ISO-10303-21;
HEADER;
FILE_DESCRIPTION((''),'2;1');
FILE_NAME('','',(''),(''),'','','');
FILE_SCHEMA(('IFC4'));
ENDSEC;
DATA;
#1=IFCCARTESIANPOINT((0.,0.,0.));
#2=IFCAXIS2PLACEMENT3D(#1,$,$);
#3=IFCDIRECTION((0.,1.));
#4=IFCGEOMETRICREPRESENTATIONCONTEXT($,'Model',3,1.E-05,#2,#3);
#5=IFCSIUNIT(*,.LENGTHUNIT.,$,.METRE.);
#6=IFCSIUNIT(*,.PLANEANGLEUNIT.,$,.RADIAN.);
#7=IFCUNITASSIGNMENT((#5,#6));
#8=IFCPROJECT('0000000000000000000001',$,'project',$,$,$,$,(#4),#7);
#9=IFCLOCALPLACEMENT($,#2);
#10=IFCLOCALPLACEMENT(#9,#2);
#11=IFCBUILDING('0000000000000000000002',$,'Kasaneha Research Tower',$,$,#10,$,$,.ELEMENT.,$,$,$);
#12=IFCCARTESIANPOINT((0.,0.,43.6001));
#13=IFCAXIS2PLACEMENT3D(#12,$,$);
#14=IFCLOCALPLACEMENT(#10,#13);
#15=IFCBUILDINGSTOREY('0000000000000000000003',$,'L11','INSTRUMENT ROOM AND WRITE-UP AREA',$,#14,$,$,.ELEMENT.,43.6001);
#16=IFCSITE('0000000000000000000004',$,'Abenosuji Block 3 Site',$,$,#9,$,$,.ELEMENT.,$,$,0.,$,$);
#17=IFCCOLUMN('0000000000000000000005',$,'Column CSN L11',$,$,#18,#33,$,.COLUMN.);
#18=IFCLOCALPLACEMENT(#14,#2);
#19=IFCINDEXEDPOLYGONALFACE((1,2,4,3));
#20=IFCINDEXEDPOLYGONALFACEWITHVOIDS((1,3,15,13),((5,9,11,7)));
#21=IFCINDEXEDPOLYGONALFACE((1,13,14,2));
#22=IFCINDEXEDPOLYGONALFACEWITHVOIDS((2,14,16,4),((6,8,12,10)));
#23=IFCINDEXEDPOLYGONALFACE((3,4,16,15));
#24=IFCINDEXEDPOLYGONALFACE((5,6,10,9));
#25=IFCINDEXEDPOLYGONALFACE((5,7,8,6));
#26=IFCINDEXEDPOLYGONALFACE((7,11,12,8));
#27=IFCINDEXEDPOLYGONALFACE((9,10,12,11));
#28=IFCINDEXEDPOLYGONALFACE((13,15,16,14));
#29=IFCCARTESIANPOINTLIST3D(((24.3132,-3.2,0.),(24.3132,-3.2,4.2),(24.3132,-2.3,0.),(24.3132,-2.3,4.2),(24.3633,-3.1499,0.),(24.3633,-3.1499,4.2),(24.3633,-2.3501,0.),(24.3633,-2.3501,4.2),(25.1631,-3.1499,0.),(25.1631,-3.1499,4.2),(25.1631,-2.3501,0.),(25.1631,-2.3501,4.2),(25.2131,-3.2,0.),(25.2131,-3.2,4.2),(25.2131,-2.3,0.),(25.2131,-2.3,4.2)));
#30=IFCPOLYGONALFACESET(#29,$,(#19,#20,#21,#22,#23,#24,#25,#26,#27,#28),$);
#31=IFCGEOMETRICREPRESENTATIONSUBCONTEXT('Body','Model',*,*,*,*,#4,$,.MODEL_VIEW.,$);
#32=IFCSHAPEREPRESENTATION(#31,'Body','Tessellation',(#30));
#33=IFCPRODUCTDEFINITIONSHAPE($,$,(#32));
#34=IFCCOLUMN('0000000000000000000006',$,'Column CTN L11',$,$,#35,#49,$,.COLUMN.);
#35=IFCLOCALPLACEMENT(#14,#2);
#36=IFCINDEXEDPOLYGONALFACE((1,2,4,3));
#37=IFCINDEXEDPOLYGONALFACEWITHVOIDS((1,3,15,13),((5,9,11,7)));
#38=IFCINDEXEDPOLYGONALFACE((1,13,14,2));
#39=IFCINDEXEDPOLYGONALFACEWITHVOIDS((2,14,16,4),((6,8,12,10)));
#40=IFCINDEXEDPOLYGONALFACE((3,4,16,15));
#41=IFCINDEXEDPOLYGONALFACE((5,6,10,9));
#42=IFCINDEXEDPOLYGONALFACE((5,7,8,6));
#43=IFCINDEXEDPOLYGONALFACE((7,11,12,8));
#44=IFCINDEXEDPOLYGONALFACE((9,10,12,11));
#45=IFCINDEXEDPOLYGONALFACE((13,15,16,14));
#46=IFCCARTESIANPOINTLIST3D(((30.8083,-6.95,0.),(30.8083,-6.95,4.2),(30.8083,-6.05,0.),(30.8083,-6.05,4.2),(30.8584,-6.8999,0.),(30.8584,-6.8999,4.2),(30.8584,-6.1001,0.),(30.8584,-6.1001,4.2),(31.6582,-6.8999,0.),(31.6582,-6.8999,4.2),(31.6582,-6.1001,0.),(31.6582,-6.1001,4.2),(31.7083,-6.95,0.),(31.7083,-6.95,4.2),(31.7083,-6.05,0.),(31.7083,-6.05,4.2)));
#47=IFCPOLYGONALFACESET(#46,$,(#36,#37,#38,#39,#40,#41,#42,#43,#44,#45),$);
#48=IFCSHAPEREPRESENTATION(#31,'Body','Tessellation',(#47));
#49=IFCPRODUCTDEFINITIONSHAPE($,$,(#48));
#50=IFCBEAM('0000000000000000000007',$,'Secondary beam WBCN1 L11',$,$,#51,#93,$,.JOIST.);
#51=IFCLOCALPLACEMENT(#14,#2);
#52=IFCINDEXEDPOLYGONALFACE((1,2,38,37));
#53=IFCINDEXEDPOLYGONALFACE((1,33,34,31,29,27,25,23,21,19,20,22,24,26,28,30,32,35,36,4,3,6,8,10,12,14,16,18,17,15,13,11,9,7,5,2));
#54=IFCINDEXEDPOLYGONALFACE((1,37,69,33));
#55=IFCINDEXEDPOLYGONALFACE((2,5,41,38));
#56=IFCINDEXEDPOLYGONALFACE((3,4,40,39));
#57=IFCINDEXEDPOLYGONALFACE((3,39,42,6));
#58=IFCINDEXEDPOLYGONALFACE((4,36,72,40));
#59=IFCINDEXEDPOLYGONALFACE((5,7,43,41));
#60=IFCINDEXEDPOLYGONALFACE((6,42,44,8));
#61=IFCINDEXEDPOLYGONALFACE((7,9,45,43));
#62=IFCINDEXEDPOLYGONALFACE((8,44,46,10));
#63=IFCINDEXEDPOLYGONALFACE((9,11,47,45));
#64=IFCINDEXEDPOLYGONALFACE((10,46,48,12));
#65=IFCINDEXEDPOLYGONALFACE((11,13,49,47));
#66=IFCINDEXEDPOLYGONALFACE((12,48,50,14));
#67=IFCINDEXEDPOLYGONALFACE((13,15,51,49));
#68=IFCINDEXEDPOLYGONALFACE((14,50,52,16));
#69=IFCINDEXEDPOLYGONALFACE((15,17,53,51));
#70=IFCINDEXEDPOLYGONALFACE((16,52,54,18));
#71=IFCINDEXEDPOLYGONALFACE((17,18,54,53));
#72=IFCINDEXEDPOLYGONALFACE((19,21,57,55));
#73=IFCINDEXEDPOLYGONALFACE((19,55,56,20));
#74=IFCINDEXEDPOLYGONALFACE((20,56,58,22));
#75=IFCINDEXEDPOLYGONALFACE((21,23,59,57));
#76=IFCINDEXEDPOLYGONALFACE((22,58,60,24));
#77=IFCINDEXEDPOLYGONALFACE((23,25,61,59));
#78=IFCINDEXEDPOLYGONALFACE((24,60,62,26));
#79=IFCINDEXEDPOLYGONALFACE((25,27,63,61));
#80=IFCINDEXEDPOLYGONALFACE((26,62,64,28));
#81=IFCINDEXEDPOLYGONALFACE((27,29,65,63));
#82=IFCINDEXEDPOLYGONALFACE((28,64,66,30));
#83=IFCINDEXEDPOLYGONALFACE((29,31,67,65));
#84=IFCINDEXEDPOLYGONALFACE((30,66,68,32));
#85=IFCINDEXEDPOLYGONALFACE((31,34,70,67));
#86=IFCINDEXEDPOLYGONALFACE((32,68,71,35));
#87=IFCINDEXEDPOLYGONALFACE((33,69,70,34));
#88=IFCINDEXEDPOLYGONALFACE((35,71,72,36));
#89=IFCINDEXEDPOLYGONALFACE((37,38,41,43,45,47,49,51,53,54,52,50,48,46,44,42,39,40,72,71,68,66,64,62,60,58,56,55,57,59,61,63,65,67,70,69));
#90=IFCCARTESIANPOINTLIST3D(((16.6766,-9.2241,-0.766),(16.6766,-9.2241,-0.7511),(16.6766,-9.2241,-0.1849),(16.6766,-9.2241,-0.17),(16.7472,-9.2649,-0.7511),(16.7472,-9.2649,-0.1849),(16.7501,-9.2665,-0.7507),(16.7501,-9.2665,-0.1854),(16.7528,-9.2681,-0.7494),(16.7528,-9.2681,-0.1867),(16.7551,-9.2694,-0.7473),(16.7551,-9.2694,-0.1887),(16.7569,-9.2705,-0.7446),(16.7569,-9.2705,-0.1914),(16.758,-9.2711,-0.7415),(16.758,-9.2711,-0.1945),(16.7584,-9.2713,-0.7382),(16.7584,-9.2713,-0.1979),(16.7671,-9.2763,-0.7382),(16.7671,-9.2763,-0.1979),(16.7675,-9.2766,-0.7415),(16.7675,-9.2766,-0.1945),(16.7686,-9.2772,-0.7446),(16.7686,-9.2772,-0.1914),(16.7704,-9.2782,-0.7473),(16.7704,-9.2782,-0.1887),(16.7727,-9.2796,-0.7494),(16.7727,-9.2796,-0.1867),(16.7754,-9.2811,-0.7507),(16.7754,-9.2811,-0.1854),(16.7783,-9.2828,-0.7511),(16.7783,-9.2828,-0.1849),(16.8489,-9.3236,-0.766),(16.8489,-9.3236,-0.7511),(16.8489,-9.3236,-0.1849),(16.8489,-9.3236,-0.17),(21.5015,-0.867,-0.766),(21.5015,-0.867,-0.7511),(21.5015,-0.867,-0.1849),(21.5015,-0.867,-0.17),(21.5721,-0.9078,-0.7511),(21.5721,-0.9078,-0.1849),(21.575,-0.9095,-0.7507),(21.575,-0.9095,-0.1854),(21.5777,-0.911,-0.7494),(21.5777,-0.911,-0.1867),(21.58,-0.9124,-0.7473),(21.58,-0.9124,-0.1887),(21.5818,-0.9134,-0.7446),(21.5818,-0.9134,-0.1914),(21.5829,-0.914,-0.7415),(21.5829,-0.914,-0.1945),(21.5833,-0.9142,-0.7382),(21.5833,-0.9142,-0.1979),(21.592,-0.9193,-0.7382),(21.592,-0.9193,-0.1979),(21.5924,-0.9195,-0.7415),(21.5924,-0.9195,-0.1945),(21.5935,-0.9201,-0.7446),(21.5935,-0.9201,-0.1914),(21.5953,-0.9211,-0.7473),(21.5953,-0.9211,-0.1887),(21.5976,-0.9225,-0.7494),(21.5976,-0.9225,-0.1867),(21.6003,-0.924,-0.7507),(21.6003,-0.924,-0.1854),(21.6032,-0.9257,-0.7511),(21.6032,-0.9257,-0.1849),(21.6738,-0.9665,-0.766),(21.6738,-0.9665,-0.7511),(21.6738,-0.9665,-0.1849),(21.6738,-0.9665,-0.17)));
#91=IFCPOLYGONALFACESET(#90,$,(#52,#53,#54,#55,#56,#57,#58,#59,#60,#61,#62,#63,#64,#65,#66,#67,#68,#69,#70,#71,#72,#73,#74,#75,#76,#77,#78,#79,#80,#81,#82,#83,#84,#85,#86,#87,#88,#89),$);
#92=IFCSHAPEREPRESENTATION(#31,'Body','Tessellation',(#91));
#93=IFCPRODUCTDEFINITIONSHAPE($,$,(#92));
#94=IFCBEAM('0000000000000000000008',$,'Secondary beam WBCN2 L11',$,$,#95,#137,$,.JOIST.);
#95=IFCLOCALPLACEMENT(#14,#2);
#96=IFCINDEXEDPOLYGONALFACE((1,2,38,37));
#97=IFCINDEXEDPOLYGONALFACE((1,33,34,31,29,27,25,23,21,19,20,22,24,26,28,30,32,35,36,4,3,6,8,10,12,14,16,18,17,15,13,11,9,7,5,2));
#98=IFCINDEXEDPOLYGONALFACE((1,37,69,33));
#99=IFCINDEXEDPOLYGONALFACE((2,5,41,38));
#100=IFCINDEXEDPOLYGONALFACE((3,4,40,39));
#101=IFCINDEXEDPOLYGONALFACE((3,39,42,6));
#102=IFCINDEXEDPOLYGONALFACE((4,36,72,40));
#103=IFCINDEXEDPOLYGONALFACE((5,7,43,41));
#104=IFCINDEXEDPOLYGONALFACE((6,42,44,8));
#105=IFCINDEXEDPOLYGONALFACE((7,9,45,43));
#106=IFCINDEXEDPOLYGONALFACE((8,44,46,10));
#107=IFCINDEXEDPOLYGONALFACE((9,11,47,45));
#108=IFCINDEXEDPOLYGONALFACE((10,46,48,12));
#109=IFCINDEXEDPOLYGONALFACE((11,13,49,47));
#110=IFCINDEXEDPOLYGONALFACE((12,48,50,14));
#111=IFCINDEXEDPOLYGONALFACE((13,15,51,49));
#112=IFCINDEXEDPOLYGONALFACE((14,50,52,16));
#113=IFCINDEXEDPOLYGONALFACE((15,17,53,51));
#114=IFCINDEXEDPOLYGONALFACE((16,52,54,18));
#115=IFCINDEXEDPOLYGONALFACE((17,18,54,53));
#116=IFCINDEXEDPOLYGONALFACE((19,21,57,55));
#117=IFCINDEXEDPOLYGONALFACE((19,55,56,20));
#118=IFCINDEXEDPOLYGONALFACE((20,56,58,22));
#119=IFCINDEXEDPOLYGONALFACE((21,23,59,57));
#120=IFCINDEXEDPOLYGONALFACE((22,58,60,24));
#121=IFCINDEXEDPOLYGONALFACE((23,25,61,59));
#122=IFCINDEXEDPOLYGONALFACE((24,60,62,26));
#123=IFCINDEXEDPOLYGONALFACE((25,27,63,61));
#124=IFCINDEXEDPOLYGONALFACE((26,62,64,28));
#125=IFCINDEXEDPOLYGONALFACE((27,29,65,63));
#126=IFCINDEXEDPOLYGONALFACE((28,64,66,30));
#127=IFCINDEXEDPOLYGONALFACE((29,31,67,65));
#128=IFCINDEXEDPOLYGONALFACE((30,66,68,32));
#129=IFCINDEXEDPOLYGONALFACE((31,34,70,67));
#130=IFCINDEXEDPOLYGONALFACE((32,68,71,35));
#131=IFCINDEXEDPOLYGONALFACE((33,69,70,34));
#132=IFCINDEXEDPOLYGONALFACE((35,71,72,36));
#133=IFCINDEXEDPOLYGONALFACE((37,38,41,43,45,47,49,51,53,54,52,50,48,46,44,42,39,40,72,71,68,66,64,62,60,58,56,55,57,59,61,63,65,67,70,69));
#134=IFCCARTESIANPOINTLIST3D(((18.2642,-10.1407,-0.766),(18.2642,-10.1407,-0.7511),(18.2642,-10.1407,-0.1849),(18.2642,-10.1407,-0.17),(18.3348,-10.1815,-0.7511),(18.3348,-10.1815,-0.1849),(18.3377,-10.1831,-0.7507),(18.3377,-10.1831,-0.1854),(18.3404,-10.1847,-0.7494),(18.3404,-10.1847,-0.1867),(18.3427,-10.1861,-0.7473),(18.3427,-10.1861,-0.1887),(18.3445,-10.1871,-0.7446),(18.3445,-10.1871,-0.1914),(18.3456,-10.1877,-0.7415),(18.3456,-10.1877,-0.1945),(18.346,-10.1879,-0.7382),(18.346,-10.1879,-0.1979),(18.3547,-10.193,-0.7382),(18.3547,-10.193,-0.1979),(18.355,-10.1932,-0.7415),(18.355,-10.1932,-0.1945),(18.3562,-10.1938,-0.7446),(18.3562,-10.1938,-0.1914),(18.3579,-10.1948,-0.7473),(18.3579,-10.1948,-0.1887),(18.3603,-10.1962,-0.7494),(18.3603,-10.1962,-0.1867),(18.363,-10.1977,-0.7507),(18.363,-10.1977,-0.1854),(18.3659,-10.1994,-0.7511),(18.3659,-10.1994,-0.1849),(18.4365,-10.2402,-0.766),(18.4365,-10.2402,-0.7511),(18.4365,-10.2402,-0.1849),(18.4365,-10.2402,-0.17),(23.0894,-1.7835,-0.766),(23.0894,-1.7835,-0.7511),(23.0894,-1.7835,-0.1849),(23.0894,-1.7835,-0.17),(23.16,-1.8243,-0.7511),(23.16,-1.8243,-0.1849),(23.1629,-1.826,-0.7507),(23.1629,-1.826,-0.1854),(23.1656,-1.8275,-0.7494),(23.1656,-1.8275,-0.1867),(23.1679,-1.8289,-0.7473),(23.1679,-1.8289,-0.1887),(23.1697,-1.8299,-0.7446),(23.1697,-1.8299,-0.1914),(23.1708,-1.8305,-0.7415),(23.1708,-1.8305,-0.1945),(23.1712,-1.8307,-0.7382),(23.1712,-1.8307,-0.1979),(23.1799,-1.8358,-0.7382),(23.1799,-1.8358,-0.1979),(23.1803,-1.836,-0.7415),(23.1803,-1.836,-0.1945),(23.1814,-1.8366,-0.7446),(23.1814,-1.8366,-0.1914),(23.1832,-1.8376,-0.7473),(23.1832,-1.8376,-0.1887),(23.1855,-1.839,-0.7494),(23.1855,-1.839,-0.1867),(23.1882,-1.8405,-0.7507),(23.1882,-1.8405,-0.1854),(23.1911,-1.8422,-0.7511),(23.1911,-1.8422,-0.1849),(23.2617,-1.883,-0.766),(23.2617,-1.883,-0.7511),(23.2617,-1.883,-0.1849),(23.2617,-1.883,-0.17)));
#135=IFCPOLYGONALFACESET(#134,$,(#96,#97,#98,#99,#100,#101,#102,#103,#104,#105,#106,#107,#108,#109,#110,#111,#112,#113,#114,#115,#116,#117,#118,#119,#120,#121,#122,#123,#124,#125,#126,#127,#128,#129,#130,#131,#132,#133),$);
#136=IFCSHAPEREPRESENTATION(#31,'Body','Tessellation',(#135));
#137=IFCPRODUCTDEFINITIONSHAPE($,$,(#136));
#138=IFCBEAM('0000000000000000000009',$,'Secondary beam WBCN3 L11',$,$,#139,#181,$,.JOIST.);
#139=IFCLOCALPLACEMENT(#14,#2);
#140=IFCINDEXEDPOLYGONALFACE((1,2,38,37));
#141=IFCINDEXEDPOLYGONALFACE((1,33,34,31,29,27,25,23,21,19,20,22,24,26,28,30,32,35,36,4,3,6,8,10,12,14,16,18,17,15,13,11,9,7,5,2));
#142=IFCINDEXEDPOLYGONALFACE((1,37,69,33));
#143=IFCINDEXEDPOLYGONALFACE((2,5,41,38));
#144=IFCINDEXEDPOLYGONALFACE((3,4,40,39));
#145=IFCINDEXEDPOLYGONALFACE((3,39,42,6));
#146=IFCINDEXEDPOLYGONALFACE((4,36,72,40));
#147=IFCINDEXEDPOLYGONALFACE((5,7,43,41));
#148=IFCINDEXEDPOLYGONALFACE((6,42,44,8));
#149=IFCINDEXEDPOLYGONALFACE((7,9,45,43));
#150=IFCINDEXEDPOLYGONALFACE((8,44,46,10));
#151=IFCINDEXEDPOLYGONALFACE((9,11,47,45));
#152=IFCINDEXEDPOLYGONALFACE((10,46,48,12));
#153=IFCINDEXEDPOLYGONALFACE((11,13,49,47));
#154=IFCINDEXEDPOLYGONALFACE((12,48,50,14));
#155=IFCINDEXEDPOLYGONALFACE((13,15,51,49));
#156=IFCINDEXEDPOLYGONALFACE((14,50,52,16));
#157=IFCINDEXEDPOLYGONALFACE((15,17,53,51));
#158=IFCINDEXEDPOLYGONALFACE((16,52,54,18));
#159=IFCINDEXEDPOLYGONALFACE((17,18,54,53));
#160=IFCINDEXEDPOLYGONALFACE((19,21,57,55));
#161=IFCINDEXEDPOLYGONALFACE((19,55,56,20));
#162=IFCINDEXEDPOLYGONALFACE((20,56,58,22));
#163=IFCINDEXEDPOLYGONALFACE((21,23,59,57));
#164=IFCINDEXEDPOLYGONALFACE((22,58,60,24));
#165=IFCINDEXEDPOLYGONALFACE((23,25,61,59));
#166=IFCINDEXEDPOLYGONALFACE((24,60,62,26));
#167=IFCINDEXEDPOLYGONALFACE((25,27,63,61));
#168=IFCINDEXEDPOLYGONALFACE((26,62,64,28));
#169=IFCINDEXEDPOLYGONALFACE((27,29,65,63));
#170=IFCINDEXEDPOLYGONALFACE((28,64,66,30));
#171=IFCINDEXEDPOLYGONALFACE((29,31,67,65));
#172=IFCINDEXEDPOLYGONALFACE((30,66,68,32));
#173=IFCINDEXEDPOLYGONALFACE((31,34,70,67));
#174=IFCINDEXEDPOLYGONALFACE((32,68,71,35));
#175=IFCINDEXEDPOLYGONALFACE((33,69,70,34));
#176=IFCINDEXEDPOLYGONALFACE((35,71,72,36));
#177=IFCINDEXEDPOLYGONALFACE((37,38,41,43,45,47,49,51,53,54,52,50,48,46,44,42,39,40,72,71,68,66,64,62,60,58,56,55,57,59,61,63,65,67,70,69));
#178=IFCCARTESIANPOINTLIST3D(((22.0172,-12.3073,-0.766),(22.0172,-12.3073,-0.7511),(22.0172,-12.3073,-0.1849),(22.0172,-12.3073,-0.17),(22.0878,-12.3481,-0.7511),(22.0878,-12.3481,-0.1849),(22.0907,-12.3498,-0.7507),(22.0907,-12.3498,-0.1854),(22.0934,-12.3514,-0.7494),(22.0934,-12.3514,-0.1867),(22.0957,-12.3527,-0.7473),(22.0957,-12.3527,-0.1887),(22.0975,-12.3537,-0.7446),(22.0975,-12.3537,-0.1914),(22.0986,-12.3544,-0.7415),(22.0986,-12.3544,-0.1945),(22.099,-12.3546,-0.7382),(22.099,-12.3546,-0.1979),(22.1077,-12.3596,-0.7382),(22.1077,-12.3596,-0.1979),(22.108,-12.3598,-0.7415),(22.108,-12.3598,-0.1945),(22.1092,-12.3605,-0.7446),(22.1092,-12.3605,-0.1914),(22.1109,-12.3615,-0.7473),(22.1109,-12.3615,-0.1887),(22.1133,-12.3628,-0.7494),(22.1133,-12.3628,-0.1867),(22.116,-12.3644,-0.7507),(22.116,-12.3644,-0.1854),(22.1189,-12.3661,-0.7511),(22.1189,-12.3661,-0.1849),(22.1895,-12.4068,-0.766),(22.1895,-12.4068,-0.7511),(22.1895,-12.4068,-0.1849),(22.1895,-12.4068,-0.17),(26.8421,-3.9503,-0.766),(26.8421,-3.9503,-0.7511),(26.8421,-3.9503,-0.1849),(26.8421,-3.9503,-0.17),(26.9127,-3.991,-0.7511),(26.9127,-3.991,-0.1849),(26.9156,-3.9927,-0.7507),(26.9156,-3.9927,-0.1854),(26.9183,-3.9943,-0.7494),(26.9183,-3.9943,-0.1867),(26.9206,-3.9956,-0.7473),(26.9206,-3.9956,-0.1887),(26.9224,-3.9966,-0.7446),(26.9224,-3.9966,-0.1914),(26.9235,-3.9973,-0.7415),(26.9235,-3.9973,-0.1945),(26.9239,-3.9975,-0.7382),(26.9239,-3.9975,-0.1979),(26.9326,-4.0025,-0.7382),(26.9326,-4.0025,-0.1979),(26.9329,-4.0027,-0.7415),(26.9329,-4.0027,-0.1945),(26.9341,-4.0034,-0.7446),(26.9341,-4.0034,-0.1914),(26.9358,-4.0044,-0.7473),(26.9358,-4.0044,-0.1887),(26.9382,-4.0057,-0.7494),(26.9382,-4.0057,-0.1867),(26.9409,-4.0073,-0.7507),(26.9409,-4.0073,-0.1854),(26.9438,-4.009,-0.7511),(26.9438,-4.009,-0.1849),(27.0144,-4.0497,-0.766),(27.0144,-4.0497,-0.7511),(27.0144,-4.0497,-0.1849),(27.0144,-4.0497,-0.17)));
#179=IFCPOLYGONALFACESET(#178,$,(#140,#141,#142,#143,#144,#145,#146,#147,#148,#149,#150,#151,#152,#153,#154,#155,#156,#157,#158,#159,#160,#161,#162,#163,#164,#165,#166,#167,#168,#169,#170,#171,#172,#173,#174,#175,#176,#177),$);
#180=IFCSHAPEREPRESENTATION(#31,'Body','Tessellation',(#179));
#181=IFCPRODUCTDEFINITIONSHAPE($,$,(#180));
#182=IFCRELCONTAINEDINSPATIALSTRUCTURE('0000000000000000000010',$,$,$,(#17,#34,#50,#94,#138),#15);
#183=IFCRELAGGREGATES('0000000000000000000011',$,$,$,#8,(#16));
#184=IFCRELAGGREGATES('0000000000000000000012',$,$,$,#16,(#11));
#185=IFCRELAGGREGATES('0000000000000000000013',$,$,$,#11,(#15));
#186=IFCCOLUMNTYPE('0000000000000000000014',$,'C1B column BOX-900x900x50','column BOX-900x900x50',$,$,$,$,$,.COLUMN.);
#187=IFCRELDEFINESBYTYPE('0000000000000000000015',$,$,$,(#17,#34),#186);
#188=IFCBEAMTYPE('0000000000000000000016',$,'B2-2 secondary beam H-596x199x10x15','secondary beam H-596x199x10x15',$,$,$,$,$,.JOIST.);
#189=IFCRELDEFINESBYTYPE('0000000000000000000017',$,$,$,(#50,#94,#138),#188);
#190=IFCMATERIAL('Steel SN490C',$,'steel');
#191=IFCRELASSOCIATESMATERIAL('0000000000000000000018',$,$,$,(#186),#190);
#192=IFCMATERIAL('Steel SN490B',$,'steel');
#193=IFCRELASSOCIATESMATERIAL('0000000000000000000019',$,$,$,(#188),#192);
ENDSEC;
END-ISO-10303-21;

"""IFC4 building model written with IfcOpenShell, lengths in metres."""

from ifc_helpers import new_model, si_unit, direction, frame, origin, origin_2d, place, context, subcontext, project, spatial, hollow_rectangle, i_section, extrude, material, material_profile, profile_set, type_object, element, save


model = new_model("IFC4")

# Units and contexts
model_context = context("Model", 3, precision=1e-05, world=origin(), true_north=direction((0.0, 1.0)))
body_context = subcontext(model_context, "Body", "Model", "MODEL_VIEW")
ifc_project = project(units=[si_unit("LENGTHUNIT", "METRE"), si_unit("PLANEANGLEUNIT", "RADIAN")], contexts=[model_context])

# Site, building, storey
site_placement = place(None, origin())
site = spatial("IfcSite", under=ifc_project, at=site_placement, Name="Abenosuji Block 3 Site", CompositionType="ELEMENT", RefElevation=0.0)
building_placement = place(site_placement, origin())
building = spatial("IfcBuilding", under=site, at=building_placement, Name="Kasaneha Research Tower", CompositionType="ELEMENT")
storey_placement = place(building_placement, frame((0.0, 0.0, 43.6001)))
storey = spatial("IfcBuildingStorey", under=building, at=storey_placement, Name="L11", Description="INSTRUMENT ROOM AND WRITE-UP AREA", CompositionType="ELEMENT", Elevation=43.6001)

# Columns
ifc_material_1 = material(Name="Steel SN490C", Category="steel")
ifc_material_profile_1 = material_profile(ifc_material_1, hollow_rectangle(XDim=0.8999, YDim=0.8999, WallThickness=0.05, at=origin_2d()), Name="BOX-900x900x50")
ifc_profile_set_1 = profile_set([ifc_material_profile_1], Name="Steel SN490C")
column_type = type_object("IfcColumnType", Name="C1B column BOX-900x900x50", Description="column BOX-900x900x50", PredefinedType="COLUMN", material=ifc_profile_set_1)
for number, where, z_axis, x_axis, name in (
    (1, (24.7632, -2.75, 0.0), (0.0, 0.0, 1.0), (1.0, 0.0, 0.0), "Column CSN L11"),
    (2, (31.2583, -6.5, 0.0), (0.0, 0.0, 1.0), (1.0, 0.0, 0.0), "Column CTN L11"),
):
    element("IfcColumn", number, at=place(storey_placement, frame(where, z_axis=z_axis, x_axis=x_axis)), inside=storey, type_object=column_type, Name=name, PredefinedType="COLUMN", context=body_context, shape_type="SweptSolid", body=[
        extrude(hollow_rectangle(XDim=0.8999, YDim=0.8999, WallThickness=0.05, at=origin_2d()), origin(), (0.0, 0.0, 1.0), 4.2),
    ])

# Beams
ifc_material_2 = material(Name="Steel SN490B", Category="steel")
ifc_material_profile_2 = material_profile(ifc_material_2, i_section(OverallWidth=0.199, OverallDepth=0.5959, WebThickness=0.01, FlangeThickness=0.0149, FilletRadius=0.0129, at=origin_2d()), Name="H-596x199x10x15")
ifc_profile_set_2 = profile_set([ifc_material_profile_2], Name="Steel SN490B")
beam_type_1 = type_object("IfcBeamType", Name="B2-2 secondary beam H-596x199x10x15", Description="secondary beam H-596x199x10x15", PredefinedType="JOIST", material=ifc_profile_set_2)
beam_1_placement = place(storey_placement, frame((21.5876, -0.9167, -0.468), z_axis=(-0.499995, -0.866028, 0.0), x_axis=(0.866028, -0.499995, 0.0)))
element("IfcBeam", 3, at=beam_1_placement, inside=storey, type_object=beam_type_1, Name="Secondary beam WBCN1 L11", PredefinedType="JOIST", context=body_context, shape_type="SweptSolid", body=[
    extrude(i_section(OverallWidth=0.199, OverallDepth=0.5959, WebThickness=0.01, FlangeThickness=0.0149, FilletRadius=0.0129, at=origin_2d()), origin(), (0.0, 0.0, 1.0), 9.6499),
])
beam_2_placement = place(storey_placement, frame((23.1755, -1.8333, -0.468), z_axis=(-0.500014, -0.866017, 0.0), x_axis=(0.866017, -0.500014, 0.0)))
element("IfcBeam", 4, at=beam_2_placement, inside=storey, type_object=beam_type_1, Name="Secondary beam WBCN2 L11", PredefinedType="JOIST", context=body_context, shape_type="SweptSolid", body=[
    extrude(i_section(OverallWidth=0.199, OverallDepth=0.5959, WebThickness=0.01, FlangeThickness=0.0149, FilletRadius=0.0129, at=origin_2d()), origin(), (0.0, 0.0, 1.0), 9.6501),
])
for number, where, z_axis, x_axis, name in (
    (5, (26.9282, -4.0, -0.468), (-0.499995, -0.866028, 0.0), (0.866028, -0.499995, 0.0), "Secondary beam WBCN3 L11"),
):
    element("IfcBeam", number, at=place(storey_placement, frame(where, z_axis=z_axis, x_axis=x_axis)), inside=storey, type_object=beam_type_1, Name=name, PredefinedType="JOIST", context=body_context, shape_type="SweptSolid", body=[
        extrude(i_section(OverallWidth=0.199, OverallDepth=0.5959, WebThickness=0.01, FlangeThickness=0.0149, FilletRadius=0.0129, at=origin_2d()), origin(), (0.0, 0.0, 1.0), 9.6499),
    ])

save(model, "model.ifc")
